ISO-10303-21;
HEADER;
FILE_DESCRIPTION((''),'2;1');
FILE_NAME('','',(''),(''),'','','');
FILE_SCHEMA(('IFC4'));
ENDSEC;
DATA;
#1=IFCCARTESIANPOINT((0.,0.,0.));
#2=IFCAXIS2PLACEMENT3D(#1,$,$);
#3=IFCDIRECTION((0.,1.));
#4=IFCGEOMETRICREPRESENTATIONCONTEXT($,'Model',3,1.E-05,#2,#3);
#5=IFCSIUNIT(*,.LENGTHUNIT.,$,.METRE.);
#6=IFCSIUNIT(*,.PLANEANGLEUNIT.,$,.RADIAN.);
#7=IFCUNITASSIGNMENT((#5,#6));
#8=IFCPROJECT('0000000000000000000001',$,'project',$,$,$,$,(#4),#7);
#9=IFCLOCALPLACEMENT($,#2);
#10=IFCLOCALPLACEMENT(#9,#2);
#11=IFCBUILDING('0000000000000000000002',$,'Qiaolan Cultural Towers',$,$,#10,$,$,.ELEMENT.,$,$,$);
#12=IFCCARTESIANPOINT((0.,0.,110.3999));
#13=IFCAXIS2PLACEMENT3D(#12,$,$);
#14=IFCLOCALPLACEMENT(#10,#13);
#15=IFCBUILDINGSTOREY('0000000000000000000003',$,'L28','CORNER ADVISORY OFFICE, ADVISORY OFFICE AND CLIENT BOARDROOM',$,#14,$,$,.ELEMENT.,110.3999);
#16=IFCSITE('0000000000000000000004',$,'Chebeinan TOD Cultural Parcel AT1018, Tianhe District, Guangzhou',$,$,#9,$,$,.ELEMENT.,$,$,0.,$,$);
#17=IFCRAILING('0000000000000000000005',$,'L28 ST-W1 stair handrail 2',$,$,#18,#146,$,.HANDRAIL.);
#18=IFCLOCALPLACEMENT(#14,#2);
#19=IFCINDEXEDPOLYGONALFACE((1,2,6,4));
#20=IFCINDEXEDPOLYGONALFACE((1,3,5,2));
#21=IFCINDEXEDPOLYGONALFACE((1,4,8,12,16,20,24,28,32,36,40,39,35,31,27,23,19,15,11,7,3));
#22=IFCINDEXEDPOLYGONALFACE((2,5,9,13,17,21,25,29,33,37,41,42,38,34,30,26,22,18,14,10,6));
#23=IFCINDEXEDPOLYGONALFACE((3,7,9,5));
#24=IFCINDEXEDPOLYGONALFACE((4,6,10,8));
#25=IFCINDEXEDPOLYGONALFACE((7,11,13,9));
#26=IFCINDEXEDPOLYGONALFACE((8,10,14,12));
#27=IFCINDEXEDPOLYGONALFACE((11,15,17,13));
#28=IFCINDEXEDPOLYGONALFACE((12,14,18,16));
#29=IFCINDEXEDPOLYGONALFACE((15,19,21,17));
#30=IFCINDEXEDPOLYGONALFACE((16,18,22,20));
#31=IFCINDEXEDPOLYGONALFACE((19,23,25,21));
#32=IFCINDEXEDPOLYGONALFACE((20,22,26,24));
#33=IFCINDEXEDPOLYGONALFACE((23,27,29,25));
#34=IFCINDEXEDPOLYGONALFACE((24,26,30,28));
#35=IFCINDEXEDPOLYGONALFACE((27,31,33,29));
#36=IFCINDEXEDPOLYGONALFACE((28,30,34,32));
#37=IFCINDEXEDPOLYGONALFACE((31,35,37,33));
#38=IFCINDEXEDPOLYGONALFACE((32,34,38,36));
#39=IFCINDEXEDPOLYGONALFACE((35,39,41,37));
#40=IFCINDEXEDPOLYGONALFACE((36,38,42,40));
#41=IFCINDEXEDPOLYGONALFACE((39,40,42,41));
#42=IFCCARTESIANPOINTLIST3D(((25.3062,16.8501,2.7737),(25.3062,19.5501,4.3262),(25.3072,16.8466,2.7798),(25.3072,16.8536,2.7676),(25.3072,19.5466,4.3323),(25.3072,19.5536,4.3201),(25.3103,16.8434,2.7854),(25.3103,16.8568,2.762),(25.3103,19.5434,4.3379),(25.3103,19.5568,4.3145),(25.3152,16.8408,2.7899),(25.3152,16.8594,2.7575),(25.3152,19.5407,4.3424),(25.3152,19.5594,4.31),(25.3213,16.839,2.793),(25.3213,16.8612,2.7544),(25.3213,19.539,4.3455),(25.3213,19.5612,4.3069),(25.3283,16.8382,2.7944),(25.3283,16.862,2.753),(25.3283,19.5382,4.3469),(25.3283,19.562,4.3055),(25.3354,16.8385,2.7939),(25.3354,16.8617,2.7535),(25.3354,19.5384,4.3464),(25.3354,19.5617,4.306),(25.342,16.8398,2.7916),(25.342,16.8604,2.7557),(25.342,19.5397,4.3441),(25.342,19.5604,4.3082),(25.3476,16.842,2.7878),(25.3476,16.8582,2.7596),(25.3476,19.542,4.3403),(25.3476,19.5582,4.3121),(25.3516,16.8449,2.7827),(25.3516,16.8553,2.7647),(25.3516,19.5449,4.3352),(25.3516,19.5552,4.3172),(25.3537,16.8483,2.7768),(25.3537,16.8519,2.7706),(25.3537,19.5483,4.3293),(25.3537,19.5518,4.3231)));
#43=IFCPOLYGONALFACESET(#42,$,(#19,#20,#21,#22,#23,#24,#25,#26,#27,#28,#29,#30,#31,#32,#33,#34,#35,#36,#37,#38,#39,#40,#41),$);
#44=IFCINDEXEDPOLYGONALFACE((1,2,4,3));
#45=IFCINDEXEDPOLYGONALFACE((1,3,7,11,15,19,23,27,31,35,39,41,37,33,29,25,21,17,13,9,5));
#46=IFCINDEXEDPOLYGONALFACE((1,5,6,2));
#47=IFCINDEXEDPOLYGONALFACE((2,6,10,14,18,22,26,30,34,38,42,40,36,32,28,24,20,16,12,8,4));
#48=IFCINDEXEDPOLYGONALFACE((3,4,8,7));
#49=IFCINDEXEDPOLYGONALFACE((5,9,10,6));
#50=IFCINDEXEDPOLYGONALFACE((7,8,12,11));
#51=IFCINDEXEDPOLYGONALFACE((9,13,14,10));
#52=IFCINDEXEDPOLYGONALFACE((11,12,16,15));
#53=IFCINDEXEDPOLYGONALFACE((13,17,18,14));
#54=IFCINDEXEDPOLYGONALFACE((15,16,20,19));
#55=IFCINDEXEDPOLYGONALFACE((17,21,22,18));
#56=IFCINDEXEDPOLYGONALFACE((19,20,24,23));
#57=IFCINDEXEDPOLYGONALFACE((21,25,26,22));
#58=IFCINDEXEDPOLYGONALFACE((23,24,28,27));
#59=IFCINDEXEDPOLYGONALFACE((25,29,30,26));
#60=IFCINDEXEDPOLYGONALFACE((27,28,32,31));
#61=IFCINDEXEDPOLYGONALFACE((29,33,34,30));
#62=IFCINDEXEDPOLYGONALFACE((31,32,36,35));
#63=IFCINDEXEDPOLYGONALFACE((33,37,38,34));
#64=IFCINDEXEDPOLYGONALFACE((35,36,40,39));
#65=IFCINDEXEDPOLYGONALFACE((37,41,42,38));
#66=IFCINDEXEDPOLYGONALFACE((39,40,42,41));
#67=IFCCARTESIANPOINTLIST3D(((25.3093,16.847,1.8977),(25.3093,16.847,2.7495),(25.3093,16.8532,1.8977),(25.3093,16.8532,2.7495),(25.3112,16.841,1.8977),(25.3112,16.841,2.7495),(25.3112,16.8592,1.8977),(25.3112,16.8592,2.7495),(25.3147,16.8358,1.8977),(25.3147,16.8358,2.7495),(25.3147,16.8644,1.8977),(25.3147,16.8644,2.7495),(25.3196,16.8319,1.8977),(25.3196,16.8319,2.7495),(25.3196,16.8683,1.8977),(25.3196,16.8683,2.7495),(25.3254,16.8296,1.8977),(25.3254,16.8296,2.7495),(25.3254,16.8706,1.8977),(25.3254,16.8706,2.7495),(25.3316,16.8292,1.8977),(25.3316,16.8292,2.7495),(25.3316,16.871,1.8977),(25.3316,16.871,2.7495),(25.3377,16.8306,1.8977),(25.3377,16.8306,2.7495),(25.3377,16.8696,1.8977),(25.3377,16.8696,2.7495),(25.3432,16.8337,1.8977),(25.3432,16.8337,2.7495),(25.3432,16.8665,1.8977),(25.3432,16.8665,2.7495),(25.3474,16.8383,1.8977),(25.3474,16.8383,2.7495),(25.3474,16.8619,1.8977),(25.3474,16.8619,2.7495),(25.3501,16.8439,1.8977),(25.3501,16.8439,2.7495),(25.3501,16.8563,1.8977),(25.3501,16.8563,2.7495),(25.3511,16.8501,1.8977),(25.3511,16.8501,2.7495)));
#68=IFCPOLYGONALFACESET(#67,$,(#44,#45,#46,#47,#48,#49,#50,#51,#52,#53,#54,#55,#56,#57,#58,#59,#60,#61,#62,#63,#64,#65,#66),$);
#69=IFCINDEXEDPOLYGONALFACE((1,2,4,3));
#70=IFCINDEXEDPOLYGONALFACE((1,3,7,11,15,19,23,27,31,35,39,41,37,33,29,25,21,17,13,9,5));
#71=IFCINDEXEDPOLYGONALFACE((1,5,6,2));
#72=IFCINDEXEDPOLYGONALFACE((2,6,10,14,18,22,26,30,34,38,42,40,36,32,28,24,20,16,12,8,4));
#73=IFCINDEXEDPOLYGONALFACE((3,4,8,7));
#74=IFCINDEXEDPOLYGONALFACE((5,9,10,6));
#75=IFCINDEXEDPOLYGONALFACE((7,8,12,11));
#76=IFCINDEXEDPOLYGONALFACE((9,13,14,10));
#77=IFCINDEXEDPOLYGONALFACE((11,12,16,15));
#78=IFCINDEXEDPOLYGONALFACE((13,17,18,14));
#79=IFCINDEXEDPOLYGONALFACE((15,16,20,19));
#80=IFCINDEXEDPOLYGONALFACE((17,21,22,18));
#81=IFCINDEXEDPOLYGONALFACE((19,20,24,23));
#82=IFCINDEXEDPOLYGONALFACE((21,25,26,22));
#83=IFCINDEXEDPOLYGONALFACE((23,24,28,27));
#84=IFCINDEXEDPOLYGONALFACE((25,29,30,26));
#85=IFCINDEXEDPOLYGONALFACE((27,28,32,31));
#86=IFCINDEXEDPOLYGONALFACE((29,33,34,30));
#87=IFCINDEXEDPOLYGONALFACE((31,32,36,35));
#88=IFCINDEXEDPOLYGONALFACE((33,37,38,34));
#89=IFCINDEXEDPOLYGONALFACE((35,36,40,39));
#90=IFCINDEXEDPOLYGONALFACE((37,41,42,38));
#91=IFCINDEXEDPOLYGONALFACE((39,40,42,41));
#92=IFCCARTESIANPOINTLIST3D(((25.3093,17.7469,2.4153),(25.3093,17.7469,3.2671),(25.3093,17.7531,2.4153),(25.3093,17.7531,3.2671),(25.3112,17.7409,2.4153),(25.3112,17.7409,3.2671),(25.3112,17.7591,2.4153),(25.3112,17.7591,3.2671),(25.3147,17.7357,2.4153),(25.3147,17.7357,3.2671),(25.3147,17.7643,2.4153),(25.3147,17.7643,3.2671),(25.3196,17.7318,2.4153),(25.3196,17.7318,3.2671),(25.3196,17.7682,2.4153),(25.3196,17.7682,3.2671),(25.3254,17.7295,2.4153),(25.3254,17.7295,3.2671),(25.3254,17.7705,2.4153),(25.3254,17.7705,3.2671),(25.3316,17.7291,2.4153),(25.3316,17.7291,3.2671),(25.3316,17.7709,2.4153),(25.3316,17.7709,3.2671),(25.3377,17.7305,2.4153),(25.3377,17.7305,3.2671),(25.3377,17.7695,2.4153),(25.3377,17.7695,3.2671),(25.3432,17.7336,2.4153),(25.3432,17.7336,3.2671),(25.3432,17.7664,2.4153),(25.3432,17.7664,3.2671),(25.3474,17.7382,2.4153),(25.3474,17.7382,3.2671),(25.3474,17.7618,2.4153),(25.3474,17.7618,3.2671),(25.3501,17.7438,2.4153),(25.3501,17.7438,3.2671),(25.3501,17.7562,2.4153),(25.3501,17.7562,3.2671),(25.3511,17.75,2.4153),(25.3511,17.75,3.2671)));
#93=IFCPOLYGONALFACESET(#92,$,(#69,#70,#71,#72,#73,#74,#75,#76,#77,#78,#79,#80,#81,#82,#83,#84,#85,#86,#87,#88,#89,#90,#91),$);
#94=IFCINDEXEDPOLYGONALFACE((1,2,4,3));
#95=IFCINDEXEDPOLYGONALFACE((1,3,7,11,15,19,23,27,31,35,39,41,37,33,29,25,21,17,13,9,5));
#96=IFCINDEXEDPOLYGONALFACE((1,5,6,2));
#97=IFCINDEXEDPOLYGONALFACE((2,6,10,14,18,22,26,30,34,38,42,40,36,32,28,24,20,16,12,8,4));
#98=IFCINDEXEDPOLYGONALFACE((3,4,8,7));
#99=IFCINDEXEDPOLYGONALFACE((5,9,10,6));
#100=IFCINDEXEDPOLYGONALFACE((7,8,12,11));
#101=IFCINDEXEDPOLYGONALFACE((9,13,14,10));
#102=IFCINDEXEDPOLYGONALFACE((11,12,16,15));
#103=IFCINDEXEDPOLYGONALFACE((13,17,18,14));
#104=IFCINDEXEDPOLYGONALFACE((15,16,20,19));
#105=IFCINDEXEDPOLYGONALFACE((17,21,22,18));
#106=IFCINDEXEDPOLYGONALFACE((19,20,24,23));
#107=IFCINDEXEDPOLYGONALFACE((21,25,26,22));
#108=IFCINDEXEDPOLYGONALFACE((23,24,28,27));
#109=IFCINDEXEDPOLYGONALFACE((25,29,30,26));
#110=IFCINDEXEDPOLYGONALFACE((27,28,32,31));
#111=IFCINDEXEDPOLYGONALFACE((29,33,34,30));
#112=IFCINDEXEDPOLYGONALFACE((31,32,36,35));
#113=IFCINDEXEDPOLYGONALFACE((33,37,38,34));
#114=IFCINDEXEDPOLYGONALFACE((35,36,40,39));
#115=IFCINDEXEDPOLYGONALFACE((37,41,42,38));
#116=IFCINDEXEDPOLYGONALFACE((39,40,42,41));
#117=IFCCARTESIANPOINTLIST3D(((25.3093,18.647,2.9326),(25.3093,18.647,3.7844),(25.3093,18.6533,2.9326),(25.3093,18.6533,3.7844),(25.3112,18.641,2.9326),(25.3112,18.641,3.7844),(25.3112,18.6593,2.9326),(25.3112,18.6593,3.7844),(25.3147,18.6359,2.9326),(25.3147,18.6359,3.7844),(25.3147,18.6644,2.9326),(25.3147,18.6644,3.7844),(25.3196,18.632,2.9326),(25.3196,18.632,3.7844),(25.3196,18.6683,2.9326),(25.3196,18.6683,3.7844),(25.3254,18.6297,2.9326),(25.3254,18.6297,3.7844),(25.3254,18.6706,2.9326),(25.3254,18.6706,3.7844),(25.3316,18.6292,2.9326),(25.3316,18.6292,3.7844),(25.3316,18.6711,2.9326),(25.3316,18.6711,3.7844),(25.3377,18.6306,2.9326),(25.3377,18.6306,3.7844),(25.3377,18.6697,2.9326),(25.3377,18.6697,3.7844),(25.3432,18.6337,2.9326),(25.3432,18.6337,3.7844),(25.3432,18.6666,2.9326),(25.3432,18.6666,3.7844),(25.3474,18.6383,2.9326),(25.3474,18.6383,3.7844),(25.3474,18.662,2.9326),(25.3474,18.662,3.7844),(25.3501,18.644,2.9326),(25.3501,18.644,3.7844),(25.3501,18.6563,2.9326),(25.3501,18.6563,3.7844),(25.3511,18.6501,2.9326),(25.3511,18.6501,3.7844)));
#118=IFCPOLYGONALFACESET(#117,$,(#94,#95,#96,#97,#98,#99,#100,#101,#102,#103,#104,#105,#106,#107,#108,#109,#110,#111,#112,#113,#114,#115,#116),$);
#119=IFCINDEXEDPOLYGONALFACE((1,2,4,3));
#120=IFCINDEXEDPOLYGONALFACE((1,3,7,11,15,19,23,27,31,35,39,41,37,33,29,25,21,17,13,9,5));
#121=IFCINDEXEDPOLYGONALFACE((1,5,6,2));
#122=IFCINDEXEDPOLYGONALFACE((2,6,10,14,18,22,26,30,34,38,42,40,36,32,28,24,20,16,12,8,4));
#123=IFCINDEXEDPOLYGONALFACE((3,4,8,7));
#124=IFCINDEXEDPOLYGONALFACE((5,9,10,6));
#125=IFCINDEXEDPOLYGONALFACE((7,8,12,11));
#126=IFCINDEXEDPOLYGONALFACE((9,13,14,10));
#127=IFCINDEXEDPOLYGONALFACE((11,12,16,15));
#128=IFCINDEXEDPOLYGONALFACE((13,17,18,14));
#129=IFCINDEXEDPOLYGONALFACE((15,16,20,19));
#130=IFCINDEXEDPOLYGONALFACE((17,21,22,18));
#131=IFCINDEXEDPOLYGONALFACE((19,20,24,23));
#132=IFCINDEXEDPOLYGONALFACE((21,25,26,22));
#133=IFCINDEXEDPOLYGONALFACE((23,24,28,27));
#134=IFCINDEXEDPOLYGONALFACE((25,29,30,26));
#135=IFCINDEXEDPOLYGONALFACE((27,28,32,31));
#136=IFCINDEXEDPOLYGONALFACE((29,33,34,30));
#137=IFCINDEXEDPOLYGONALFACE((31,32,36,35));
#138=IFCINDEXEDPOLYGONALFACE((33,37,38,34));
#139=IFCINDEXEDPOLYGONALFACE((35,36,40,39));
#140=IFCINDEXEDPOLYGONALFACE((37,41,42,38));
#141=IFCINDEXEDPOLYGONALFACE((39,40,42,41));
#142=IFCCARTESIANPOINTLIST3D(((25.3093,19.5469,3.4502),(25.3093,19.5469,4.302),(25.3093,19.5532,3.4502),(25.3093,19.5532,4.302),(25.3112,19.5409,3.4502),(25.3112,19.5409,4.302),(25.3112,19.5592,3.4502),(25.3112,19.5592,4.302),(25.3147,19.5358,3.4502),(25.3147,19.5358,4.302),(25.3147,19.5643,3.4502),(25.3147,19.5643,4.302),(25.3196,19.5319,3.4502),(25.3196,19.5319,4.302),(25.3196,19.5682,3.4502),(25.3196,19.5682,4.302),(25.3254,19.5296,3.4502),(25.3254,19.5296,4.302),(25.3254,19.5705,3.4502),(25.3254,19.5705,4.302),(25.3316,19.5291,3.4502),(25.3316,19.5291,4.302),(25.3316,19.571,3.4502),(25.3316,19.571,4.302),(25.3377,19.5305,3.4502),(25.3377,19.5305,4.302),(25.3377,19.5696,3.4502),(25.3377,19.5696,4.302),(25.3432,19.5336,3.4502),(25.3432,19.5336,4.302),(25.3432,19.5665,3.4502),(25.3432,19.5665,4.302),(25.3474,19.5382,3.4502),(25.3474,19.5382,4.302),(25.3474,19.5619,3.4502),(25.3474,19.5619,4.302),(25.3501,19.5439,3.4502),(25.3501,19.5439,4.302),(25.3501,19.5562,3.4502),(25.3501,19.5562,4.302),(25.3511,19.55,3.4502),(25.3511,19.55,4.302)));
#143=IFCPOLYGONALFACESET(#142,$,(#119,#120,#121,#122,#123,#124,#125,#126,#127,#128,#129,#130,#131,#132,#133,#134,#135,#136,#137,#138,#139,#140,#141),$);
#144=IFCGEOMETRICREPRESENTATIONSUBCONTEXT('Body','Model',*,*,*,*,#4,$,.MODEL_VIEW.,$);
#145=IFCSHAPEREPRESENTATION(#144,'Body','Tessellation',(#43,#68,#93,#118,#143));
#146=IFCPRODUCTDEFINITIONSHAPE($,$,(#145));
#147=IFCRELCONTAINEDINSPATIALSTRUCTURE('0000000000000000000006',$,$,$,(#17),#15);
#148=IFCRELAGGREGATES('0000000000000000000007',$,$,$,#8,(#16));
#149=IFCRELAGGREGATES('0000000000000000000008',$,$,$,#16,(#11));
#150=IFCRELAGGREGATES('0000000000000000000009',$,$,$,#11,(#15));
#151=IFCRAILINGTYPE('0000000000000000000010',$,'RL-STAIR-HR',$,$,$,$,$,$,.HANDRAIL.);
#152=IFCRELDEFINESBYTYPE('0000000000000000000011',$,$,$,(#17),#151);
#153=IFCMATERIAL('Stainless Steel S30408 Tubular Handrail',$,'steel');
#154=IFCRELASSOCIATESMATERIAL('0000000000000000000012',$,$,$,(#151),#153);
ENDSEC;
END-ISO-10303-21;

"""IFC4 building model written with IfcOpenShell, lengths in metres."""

from ifc_helpers import new_model, si_unit, direction, frame, origin, origin_2d, place, context, subcontext, project, spatial, circle, extrude, material, type_object, element, save


model = new_model("IFC4")

# Units and contexts
model_context = context("Model", 3, precision=1e-05, world=origin(), true_north=direction((0.0, 1.0)))
body_context = subcontext(model_context, "Body", "Model", "MODEL_VIEW")
ifc_project = project(units=[si_unit("LENGTHUNIT", "METRE"), si_unit("PLANEANGLEUNIT", "RADIAN")], contexts=[model_context])

# Site, building, storey
site_placement = place(None, origin())
site = spatial("IfcSite", under=ifc_project, at=site_placement, Name="Chebeinan TOD Cultural Parcel AT1018, Tianhe District, Guangzhou", CompositionType="ELEMENT", RefElevation=0.0)
building_placement = place(site_placement, origin())
building = spatial("IfcBuilding", under=site, at=building_placement, Name="Qiaolan Cultural Towers", CompositionType="ELEMENT")
storey_placement = place(building_placement, frame((0.0, 0.0, 110.3999)))
storey = spatial("IfcBuildingStorey", under=building, at=storey_placement, Name="L28", Description="CORNER ADVISORY OFFICE, ADVISORY OFFICE AND CLIENT BOARDROOM", CompositionType="ELEMENT", Elevation=110.3999)

# Railing
ifc_material_1 = material(Name="Stainless Steel S30408 Tubular Handrail", Category="steel")
railing_type_1 = type_object("IfcRailingType", Name="RL-STAIR-HR", PredefinedType="HANDRAIL", material=ifc_material_1)
railing_1_placement = place(storey_placement, frame((25.3301, 16.8501, 1.8977)))
element("IfcRailing", 1, at=railing_1_placement, inside=storey, type_object=railing_type_1, Name="L28 ST-W1 stair handrail 2", PredefinedType="HANDRAIL", context=body_context, shape_type="SweptSolid", body=[
    extrude(circle(Radius=0.0239, at=origin_2d()), frame((0.0, 0.0, 0.876), z_axis=(0.0, 0.866904, 0.498476), x_axis=(-1.0, 0.0, 0.0)), (0.0, 0.0, 1.0), 3.1145),
    extrude(circle(Radius=0.021, at=origin_2d()), origin(), (0.0, 0.0, 1.0), 0.8518),
    extrude(circle(Radius=0.021, at=origin_2d()), frame((0.0, 0.8999, 0.5176)), (0.0, 0.0, 1.0), 0.8518),
    extrude(circle(Radius=0.021, at=origin_2d()), frame((0.0, 1.8, 1.0349)), (0.0, 0.0, 1.0), 0.8518),
    extrude(circle(Radius=0.021, at=origin_2d()), frame((0.0, 2.7, 1.5525)), (0.0, 0.0, 1.0), 0.8518),
])

save(model, "model.ifc")
